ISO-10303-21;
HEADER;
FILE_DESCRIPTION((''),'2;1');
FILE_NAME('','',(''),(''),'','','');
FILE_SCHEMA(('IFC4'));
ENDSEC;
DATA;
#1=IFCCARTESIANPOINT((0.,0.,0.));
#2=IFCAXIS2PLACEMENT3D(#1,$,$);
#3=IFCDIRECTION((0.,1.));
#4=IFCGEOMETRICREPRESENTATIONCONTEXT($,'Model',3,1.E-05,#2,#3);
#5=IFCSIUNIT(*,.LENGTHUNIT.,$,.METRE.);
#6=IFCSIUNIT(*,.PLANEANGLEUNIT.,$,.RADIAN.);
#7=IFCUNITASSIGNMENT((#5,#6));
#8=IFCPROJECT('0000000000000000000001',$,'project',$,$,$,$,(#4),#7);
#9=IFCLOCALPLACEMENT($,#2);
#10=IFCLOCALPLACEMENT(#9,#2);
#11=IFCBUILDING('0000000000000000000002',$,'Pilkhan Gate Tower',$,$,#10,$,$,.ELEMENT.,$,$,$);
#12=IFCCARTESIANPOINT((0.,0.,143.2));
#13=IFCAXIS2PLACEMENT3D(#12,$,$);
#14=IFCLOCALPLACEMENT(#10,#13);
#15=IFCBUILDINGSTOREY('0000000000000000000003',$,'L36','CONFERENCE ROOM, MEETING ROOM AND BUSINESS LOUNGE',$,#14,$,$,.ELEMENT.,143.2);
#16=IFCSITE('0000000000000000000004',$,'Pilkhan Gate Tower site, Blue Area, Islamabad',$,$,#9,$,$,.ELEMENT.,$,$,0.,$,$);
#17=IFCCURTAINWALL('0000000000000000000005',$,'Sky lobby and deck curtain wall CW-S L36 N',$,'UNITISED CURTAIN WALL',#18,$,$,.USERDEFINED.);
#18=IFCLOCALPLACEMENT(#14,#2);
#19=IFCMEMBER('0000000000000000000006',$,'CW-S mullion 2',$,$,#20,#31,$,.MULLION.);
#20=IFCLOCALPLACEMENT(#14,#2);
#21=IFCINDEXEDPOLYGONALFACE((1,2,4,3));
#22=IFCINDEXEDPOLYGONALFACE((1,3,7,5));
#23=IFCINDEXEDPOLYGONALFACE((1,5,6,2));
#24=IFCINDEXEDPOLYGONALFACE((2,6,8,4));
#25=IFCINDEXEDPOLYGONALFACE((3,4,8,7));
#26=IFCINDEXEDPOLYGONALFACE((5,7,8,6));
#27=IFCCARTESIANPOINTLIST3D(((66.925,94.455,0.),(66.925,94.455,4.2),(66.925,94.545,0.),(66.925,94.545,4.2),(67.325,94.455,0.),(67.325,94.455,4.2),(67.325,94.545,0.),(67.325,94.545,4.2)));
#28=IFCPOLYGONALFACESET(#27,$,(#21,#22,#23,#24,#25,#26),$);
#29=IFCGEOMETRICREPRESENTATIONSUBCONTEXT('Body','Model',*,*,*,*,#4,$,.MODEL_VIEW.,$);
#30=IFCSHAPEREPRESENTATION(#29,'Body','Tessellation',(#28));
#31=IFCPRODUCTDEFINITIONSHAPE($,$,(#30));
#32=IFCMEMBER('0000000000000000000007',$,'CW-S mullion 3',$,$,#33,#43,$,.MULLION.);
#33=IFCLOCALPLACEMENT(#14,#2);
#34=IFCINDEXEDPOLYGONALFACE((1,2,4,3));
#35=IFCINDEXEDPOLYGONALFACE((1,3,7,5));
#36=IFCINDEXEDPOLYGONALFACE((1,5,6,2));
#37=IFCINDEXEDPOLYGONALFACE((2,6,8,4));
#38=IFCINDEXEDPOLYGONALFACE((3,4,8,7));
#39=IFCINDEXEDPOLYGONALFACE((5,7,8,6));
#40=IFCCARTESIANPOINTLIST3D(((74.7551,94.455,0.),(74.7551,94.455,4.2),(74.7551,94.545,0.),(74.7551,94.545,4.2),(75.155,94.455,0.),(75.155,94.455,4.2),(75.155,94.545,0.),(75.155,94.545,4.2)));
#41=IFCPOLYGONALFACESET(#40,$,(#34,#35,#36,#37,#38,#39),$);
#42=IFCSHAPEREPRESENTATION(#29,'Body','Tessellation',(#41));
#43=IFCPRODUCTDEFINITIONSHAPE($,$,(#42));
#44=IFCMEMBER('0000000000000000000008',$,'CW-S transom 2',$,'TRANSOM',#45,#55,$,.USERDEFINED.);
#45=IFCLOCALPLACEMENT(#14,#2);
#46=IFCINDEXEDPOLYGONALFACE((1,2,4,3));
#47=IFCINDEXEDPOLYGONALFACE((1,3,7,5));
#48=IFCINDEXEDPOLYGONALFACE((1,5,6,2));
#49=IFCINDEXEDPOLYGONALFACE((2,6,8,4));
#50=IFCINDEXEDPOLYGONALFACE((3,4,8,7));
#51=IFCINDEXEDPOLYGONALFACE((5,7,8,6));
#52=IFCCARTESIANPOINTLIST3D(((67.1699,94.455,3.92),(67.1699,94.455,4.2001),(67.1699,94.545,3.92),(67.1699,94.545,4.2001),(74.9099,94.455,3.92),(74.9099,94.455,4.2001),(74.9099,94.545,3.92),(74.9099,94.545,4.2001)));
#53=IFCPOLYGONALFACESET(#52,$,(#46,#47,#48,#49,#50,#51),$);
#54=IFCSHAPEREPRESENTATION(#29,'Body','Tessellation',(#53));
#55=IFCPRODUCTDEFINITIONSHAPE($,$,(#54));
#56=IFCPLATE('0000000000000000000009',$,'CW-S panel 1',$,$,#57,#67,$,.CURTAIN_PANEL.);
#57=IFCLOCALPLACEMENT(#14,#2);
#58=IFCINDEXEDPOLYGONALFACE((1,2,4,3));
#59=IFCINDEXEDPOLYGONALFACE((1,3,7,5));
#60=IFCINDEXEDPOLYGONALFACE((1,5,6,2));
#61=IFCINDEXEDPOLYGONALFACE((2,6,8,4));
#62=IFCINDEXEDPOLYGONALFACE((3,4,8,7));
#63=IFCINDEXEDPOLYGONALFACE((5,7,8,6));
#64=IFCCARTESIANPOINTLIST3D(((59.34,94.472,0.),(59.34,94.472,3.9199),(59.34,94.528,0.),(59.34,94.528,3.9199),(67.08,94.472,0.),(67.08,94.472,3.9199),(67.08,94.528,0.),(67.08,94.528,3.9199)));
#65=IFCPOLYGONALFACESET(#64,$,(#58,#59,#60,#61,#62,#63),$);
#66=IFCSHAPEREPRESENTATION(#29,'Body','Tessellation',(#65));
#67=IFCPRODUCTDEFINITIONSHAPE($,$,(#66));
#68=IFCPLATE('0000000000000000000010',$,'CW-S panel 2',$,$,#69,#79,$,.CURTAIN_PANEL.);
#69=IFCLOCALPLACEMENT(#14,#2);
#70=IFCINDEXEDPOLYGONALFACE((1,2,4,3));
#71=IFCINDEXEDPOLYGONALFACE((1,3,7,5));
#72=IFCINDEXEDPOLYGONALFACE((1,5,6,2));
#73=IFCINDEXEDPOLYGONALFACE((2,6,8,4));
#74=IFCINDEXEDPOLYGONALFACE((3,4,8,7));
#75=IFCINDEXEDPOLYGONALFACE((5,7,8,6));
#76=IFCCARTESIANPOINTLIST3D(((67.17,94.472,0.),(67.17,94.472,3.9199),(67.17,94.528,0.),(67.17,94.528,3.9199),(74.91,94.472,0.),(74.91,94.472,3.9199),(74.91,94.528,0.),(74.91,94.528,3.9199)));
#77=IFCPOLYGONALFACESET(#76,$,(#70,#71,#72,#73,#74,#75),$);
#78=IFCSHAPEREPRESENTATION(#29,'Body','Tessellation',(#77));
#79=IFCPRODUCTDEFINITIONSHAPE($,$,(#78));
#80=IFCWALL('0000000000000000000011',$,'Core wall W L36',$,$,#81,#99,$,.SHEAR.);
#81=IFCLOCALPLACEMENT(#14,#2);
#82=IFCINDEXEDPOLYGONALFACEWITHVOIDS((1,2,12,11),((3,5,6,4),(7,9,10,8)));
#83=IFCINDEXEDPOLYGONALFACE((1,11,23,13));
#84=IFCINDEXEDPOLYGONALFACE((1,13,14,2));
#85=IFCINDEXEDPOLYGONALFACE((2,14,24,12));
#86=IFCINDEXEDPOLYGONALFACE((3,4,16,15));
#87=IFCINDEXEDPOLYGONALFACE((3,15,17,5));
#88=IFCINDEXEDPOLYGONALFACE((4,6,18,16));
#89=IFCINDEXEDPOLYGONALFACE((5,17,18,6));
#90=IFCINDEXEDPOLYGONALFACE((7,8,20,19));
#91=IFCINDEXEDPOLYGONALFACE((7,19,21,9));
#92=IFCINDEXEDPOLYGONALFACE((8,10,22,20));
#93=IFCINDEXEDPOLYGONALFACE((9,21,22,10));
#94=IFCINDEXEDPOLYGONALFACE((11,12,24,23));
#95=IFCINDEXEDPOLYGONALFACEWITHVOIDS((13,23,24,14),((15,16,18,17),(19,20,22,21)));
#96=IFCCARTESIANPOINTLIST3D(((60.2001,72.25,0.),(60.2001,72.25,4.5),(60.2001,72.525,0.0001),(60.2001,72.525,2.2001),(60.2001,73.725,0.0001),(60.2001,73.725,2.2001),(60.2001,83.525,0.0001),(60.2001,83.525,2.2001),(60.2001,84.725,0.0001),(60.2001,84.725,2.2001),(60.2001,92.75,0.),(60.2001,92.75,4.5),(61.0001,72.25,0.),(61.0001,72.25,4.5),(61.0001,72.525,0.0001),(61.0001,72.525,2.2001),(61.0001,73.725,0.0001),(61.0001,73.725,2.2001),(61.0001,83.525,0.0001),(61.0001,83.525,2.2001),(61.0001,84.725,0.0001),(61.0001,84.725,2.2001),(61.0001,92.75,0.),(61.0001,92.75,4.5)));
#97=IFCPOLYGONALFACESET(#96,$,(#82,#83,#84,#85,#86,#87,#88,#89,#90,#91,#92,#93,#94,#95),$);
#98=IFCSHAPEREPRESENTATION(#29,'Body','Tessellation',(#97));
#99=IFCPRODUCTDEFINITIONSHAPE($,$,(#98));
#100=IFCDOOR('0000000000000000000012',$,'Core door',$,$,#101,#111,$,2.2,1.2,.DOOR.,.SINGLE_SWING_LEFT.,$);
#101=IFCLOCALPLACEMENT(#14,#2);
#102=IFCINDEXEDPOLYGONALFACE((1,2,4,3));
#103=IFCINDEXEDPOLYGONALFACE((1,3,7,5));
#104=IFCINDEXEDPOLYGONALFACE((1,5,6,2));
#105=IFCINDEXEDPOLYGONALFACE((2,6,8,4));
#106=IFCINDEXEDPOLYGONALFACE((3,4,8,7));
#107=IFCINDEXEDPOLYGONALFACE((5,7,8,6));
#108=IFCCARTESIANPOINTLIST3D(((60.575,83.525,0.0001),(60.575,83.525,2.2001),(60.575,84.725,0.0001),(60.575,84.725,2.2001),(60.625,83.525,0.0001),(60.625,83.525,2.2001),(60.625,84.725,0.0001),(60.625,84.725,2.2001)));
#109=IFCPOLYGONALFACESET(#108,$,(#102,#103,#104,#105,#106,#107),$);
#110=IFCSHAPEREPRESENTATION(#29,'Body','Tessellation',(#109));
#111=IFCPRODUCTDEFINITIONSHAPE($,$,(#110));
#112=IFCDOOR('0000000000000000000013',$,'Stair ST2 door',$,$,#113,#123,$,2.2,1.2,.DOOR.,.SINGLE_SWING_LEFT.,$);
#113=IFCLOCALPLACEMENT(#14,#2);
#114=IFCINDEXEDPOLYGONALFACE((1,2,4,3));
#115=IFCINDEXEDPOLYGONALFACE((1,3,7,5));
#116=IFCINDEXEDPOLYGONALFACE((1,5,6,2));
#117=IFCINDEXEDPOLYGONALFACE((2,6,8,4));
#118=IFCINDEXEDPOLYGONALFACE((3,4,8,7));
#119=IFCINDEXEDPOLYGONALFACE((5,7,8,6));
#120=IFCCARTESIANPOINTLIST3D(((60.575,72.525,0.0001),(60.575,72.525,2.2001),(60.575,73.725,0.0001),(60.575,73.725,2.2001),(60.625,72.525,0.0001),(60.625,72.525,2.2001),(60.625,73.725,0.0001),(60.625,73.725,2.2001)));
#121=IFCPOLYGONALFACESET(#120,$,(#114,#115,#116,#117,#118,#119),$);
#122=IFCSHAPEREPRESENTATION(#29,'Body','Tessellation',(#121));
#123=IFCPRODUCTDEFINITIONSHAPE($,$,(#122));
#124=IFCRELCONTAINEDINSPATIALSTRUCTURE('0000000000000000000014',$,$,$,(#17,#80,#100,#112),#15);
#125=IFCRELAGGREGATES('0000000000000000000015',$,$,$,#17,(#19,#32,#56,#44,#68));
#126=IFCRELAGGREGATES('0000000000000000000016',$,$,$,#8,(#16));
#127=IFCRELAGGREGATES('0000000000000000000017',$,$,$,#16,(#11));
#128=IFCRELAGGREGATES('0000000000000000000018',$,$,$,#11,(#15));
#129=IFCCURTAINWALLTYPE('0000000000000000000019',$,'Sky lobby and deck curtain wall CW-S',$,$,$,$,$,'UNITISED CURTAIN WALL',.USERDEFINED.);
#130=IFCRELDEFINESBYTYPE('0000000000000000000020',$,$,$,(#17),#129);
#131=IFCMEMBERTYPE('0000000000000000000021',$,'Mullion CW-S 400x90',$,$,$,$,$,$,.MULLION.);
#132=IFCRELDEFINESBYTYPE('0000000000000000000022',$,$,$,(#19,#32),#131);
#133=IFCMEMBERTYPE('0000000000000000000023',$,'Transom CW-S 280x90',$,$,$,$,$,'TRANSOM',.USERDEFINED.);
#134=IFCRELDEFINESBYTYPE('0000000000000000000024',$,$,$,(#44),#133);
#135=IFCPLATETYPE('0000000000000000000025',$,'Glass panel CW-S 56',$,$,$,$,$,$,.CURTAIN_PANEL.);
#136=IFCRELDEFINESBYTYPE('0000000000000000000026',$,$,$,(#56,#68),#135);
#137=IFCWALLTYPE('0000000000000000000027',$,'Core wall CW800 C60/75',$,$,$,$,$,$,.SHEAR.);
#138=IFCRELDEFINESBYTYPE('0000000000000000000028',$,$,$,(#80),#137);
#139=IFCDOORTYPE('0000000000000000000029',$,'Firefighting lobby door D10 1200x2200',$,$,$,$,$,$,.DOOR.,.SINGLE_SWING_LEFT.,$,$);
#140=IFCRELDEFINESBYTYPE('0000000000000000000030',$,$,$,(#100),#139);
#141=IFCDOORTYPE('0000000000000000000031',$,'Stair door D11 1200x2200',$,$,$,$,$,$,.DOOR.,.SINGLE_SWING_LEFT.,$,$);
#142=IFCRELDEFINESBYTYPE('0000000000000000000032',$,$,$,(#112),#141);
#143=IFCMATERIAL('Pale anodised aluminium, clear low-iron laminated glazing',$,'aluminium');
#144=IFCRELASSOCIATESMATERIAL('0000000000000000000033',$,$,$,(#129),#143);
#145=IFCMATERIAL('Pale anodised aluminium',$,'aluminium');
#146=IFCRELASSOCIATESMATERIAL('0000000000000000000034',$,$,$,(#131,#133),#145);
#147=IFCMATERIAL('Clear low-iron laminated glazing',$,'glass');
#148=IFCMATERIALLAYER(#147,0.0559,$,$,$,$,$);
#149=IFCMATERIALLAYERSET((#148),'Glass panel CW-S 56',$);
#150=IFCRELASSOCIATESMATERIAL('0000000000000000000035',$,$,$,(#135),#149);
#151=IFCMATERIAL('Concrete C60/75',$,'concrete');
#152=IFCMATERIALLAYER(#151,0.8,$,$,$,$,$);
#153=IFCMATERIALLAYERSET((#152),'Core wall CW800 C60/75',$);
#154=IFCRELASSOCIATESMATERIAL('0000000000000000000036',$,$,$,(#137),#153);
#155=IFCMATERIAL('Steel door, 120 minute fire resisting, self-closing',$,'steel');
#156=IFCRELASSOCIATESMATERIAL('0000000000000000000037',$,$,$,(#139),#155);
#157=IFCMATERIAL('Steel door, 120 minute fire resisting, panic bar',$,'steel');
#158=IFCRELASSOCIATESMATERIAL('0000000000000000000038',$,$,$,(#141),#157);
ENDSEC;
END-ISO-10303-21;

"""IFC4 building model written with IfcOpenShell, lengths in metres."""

from ifc_helpers import new_model, si_unit, direction, frame, frame_2d, origin, origin_2d, place, context, subcontext, project, spatial, rectangle, extrude, material, layer, layer_set, material_profile, profile_set, type_object, element, fill, aggregate, save


model = new_model("IFC4")

# Units and contexts
model_context = context("Model", 3, precision=1e-05, world=origin(), true_north=direction((0.0, 1.0)))
body_context = subcontext(model_context, "Body", "Model", "MODEL_VIEW")
ifc_project = project(units=[si_unit("LENGTHUNIT", "METRE"), si_unit("PLANEANGLEUNIT", "RADIAN")], contexts=[model_context])

# Site, building, storey
site_placement = place(None, origin())
site = spatial("IfcSite", under=ifc_project, at=site_placement, Name="Pilkhan Gate Tower site, Blue Area, Islamabad", CompositionType="ELEMENT", RefElevation=0.0)
building_placement = place(site_placement, origin())
building = spatial("IfcBuilding", under=site, at=building_placement, Name="Pilkhan Gate Tower", CompositionType="ELEMENT")
storey_placement = place(building_placement, frame((0.0, 0.0, 143.2)))
storey = spatial("IfcBuildingStorey", under=building, at=storey_placement, Name="L36", Description="CONFERENCE ROOM, MEETING ROOM AND BUSINESS LOUNGE", CompositionType="ELEMENT", Elevation=143.2)

# Curtain wall, members, plates
ifc_material_1 = material(Name="Pale anodised aluminium, clear low-iron laminated glazing", Category="aluminium")
curtain_wall_type = type_object("IfcCurtainWallType", Name="Sky lobby and deck curtain wall CW-S", ElementType="UNITISED CURTAIN WALL", PredefinedType="USERDEFINED", material=ifc_material_1)
curtain_wall_placement = place(storey_placement, origin())
curtain_wall = element("IfcCurtainWall", 1, at=curtain_wall_placement, inside=storey, type_object=curtain_wall_type, Name="Sky lobby and deck curtain wall CW-S L36 N", ObjectType="UNITISED CURTAIN WALL", PredefinedType="USERDEFINED")
ifc_material_2 = material(Name="Pale anodised aluminium", Category="aluminium")
ifc_material_profile_1 = material_profile(ifc_material_2, rectangle(XDim=0.0901, YDim=0.3999, at=origin_2d()), Name="Mullion 400x90")
ifc_profile_set_1 = profile_set([ifc_material_profile_1], Name="Pale anodised aluminium")
member_type_1 = type_object("IfcMemberType", Name="Mullion CW-S 400x90", PredefinedType="MULLION", material=ifc_profile_set_1)
member_1_placement = place(storey_placement, frame((67.125, 94.5, 0.0), z_axis=(0.0, 0.0, 1.0), x_axis=(0.0, 1.0, 0.0)))
member_1 = element("IfcMember", 2, at=member_1_placement, type_object=member_type_1, Name="CW-S mullion 2", PredefinedType="MULLION", context=body_context, shape_type="SweptSolid", body=[
    extrude(rectangle(XDim=0.0901, YDim=0.3999, at=origin_2d()), origin(), (0.0, 0.0, 1.0), 4.2),
])
member_2_placement = place(storey_placement, frame((74.9551, 94.5, 0.0), z_axis=(0.0, 0.0, 1.0), x_axis=(0.0, 1.0, 0.0)))
member_2 = element("IfcMember", 3, at=member_2_placement, type_object=member_type_1, Name="CW-S mullion 3", PredefinedType="MULLION", context=body_context, shape_type="SweptSolid", body=[
    extrude(rectangle(XDim=0.0901, YDim=0.3999, at=origin_2d()), origin(), (0.0, 0.0, 1.0), 4.2),
])
ifc_material_profile_2 = material_profile(ifc_material_2, rectangle(XDim=0.0901, YDim=0.28, at=origin_2d()), Name="Transom 280x90")
ifc_profile_set_2 = profile_set([ifc_material_profile_2], Name="Pale anodised aluminium")
member_type_2 = type_object("IfcMemberType", Name="Transom CW-S 280x90", ElementType="TRANSOM", PredefinedType="USERDEFINED", material=ifc_profile_set_2)
member_3_placement = place(storey_placement, frame((67.1699, 94.5, 4.0601), z_axis=(1.0, 0.0, 0.0), x_axis=(0.0, 1.0, 0.0)))
member_3 = element("IfcMember", 4, at=member_3_placement, type_object=member_type_2, Name="CW-S transom 2", ObjectType="TRANSOM", PredefinedType="USERDEFINED", context=body_context, shape_type="SweptSolid", body=[
    extrude(rectangle(XDim=0.0901, YDim=0.28, at=origin_2d()), origin(), (0.0, 0.0, 1.0), 7.74),
])
ifc_material_3 = material(Name="Clear low-iron laminated glazing", Category="glass")
ifc_layer_1 = layer(ifc_material_3, 0.0559)
ifc_layer_set_1 = layer_set([ifc_layer_1], Name="Glass panel CW-S 56")
plate_type = type_object("IfcPlateType", Name="Glass panel CW-S 56", PredefinedType="CURTAIN_PANEL", material=ifc_layer_set_1)
plate_1_placement = place(storey_placement, frame((63.21, 94.5, 0.0), z_axis=(0.0, 0.0, 1.0), x_axis=(1.0, 0.0, 0.0)))
plate_1 = element("IfcPlate", 5, at=plate_1_placement, type_object=plate_type, Name="CW-S panel 1", PredefinedType="CURTAIN_PANEL", context=body_context, shape_type="SweptSolid", body=[
    extrude(rectangle(XDim=7.74, YDim=0.0559, at=origin_2d()), origin(), (0.0, 0.0, 1.0), 3.9199),
])
plate_2_placement = place(storey_placement, frame((71.04, 94.5, 0.0), z_axis=(0.0, 0.0, 1.0), x_axis=(1.0, 0.0, 0.0)))
plate_2 = element("IfcPlate", 6, at=plate_2_placement, type_object=plate_type, Name="CW-S panel 2", PredefinedType="CURTAIN_PANEL", context=body_context, shape_type="SweptSolid", body=[
    extrude(rectangle(XDim=7.74, YDim=0.0559, at=origin_2d()), origin(), (0.0, 0.0, 1.0), 3.9199),
])
aggregate(curtain_wall, [member_1, member_2, plate_1, member_3, plate_2])

# Wall, openings, doors
ifc_material_4 = material(Name="Concrete C60/75", Category="concrete")
ifc_layer_2 = layer(ifc_material_4, 0.8)
ifc_layer_set_2 = layer_set([ifc_layer_2], Name="Core wall CW800 C60/75")
wall_type_1 = type_object("IfcWallType", Name="Core wall CW800 C60/75", PredefinedType="SHEAR", material=ifc_layer_set_2)
wall_1_placement = place(storey_placement, frame((60.6001, 92.75, 0.0), z_axis=(0.0, 0.0, 1.0), x_axis=(0.0, -1.0, 0.0)))
wall_1 = element("IfcWall", 7, at=wall_1_placement, inside=storey, type_object=wall_type_1, Name="Core wall W L36", PredefinedType="SHEAR", context=body_context, shape_type="SweptSolid", body=[
    extrude(rectangle(XDim=20.5, YDim=0.8, at=frame_2d((10.25, 0.0))), origin(), (0.0, 0.0, 1.0), 4.5),
])
opening_1_placement = place(wall_1_placement, frame((19.0249, 0.0, 0.0)))
opening_1 = element("IfcOpeningElement", 8, at=opening_1_placement, cuts=wall_1, PredefinedType="OPENING", context=body_context, shape_type="SweptSolid", body=[
    extrude(rectangle(XDim=1.2, YDim=2.2, at=frame_2d((0.6001, 1.1001))), frame((0.0, 0.4099, 0.0), z_axis=(0.0, -1.0, 0.0), x_axis=(1.0, 0.0, 0.0)), (0.0, 0.0, 1.0), 0.8201),
])
opening_2_placement = place(wall_1_placement, frame((8.0249, 0.0, 0.0)))
opening_2 = element("IfcOpeningElement", 9, at=opening_2_placement, cuts=wall_1, PredefinedType="OPENING", context=body_context, shape_type="SweptSolid", body=[
    extrude(rectangle(XDim=1.2, YDim=2.2, at=frame_2d((0.6001, 1.1001))), frame((0.0, 0.4099, 0.0), z_axis=(0.0, -1.0, 0.0), x_axis=(1.0, 0.0, 0.0)), (0.0, 0.0, 1.0), 0.8201),
])
ifc_material_5 = material(Name="Steel door, 120 minute fire resisting, self-closing", Category="steel")
door_type_1 = type_object("IfcDoorType", Name="Firefighting lobby door D10 1200x2200", OperationType="SINGLE_SWING_LEFT", PredefinedType="DOOR", material=ifc_material_5)
door_1_placement = place(opening_2_placement, origin())
door_1 = element("IfcDoor", 10, at=door_1_placement, inside=storey, type_object=door_type_1, Name="Core door", OperationType="SINGLE_SWING_LEFT", OverallHeight=2.2, OverallWidth=1.2, PredefinedType="DOOR", context=body_context, shape_type="SweptSolid", body=[
    extrude(rectangle(XDim=1.2, YDim=2.2, at=frame_2d((0.6001, 1.1001))), frame((0.0, 0.0249, 0.0), z_axis=(0.0, -1.0, 0.0), x_axis=(1.0, 0.0, 0.0)), (0.0, 0.0, 1.0), 0.05),
])
fill(opening_2, door_1)
ifc_material_6 = material(Name="Steel door, 120 minute fire resisting, panic bar", Category="steel")
door_type_2 = type_object("IfcDoorType", Name="Stair door D11 1200x2200", OperationType="SINGLE_SWING_LEFT", PredefinedType="DOOR", material=ifc_material_6)
door_2_placement = place(opening_1_placement, origin())
door_2 = element("IfcDoor", 11, at=door_2_placement, inside=storey, type_object=door_type_2, Name="Stair ST2 door", OperationType="SINGLE_SWING_LEFT", OverallHeight=2.2, OverallWidth=1.2, PredefinedType="DOOR", context=body_context, shape_type="SweptSolid", body=[
    extrude(rectangle(XDim=1.2, YDim=2.2, at=frame_2d((0.6001, 1.1001))), frame((0.0, 0.0249, 0.0), z_axis=(0.0, -1.0, 0.0), x_axis=(1.0, 0.0, 0.0)), (0.0, 0.0, 1.0), 0.05),
])
fill(opening_1, door_2)

save(model, "model.ifc")
